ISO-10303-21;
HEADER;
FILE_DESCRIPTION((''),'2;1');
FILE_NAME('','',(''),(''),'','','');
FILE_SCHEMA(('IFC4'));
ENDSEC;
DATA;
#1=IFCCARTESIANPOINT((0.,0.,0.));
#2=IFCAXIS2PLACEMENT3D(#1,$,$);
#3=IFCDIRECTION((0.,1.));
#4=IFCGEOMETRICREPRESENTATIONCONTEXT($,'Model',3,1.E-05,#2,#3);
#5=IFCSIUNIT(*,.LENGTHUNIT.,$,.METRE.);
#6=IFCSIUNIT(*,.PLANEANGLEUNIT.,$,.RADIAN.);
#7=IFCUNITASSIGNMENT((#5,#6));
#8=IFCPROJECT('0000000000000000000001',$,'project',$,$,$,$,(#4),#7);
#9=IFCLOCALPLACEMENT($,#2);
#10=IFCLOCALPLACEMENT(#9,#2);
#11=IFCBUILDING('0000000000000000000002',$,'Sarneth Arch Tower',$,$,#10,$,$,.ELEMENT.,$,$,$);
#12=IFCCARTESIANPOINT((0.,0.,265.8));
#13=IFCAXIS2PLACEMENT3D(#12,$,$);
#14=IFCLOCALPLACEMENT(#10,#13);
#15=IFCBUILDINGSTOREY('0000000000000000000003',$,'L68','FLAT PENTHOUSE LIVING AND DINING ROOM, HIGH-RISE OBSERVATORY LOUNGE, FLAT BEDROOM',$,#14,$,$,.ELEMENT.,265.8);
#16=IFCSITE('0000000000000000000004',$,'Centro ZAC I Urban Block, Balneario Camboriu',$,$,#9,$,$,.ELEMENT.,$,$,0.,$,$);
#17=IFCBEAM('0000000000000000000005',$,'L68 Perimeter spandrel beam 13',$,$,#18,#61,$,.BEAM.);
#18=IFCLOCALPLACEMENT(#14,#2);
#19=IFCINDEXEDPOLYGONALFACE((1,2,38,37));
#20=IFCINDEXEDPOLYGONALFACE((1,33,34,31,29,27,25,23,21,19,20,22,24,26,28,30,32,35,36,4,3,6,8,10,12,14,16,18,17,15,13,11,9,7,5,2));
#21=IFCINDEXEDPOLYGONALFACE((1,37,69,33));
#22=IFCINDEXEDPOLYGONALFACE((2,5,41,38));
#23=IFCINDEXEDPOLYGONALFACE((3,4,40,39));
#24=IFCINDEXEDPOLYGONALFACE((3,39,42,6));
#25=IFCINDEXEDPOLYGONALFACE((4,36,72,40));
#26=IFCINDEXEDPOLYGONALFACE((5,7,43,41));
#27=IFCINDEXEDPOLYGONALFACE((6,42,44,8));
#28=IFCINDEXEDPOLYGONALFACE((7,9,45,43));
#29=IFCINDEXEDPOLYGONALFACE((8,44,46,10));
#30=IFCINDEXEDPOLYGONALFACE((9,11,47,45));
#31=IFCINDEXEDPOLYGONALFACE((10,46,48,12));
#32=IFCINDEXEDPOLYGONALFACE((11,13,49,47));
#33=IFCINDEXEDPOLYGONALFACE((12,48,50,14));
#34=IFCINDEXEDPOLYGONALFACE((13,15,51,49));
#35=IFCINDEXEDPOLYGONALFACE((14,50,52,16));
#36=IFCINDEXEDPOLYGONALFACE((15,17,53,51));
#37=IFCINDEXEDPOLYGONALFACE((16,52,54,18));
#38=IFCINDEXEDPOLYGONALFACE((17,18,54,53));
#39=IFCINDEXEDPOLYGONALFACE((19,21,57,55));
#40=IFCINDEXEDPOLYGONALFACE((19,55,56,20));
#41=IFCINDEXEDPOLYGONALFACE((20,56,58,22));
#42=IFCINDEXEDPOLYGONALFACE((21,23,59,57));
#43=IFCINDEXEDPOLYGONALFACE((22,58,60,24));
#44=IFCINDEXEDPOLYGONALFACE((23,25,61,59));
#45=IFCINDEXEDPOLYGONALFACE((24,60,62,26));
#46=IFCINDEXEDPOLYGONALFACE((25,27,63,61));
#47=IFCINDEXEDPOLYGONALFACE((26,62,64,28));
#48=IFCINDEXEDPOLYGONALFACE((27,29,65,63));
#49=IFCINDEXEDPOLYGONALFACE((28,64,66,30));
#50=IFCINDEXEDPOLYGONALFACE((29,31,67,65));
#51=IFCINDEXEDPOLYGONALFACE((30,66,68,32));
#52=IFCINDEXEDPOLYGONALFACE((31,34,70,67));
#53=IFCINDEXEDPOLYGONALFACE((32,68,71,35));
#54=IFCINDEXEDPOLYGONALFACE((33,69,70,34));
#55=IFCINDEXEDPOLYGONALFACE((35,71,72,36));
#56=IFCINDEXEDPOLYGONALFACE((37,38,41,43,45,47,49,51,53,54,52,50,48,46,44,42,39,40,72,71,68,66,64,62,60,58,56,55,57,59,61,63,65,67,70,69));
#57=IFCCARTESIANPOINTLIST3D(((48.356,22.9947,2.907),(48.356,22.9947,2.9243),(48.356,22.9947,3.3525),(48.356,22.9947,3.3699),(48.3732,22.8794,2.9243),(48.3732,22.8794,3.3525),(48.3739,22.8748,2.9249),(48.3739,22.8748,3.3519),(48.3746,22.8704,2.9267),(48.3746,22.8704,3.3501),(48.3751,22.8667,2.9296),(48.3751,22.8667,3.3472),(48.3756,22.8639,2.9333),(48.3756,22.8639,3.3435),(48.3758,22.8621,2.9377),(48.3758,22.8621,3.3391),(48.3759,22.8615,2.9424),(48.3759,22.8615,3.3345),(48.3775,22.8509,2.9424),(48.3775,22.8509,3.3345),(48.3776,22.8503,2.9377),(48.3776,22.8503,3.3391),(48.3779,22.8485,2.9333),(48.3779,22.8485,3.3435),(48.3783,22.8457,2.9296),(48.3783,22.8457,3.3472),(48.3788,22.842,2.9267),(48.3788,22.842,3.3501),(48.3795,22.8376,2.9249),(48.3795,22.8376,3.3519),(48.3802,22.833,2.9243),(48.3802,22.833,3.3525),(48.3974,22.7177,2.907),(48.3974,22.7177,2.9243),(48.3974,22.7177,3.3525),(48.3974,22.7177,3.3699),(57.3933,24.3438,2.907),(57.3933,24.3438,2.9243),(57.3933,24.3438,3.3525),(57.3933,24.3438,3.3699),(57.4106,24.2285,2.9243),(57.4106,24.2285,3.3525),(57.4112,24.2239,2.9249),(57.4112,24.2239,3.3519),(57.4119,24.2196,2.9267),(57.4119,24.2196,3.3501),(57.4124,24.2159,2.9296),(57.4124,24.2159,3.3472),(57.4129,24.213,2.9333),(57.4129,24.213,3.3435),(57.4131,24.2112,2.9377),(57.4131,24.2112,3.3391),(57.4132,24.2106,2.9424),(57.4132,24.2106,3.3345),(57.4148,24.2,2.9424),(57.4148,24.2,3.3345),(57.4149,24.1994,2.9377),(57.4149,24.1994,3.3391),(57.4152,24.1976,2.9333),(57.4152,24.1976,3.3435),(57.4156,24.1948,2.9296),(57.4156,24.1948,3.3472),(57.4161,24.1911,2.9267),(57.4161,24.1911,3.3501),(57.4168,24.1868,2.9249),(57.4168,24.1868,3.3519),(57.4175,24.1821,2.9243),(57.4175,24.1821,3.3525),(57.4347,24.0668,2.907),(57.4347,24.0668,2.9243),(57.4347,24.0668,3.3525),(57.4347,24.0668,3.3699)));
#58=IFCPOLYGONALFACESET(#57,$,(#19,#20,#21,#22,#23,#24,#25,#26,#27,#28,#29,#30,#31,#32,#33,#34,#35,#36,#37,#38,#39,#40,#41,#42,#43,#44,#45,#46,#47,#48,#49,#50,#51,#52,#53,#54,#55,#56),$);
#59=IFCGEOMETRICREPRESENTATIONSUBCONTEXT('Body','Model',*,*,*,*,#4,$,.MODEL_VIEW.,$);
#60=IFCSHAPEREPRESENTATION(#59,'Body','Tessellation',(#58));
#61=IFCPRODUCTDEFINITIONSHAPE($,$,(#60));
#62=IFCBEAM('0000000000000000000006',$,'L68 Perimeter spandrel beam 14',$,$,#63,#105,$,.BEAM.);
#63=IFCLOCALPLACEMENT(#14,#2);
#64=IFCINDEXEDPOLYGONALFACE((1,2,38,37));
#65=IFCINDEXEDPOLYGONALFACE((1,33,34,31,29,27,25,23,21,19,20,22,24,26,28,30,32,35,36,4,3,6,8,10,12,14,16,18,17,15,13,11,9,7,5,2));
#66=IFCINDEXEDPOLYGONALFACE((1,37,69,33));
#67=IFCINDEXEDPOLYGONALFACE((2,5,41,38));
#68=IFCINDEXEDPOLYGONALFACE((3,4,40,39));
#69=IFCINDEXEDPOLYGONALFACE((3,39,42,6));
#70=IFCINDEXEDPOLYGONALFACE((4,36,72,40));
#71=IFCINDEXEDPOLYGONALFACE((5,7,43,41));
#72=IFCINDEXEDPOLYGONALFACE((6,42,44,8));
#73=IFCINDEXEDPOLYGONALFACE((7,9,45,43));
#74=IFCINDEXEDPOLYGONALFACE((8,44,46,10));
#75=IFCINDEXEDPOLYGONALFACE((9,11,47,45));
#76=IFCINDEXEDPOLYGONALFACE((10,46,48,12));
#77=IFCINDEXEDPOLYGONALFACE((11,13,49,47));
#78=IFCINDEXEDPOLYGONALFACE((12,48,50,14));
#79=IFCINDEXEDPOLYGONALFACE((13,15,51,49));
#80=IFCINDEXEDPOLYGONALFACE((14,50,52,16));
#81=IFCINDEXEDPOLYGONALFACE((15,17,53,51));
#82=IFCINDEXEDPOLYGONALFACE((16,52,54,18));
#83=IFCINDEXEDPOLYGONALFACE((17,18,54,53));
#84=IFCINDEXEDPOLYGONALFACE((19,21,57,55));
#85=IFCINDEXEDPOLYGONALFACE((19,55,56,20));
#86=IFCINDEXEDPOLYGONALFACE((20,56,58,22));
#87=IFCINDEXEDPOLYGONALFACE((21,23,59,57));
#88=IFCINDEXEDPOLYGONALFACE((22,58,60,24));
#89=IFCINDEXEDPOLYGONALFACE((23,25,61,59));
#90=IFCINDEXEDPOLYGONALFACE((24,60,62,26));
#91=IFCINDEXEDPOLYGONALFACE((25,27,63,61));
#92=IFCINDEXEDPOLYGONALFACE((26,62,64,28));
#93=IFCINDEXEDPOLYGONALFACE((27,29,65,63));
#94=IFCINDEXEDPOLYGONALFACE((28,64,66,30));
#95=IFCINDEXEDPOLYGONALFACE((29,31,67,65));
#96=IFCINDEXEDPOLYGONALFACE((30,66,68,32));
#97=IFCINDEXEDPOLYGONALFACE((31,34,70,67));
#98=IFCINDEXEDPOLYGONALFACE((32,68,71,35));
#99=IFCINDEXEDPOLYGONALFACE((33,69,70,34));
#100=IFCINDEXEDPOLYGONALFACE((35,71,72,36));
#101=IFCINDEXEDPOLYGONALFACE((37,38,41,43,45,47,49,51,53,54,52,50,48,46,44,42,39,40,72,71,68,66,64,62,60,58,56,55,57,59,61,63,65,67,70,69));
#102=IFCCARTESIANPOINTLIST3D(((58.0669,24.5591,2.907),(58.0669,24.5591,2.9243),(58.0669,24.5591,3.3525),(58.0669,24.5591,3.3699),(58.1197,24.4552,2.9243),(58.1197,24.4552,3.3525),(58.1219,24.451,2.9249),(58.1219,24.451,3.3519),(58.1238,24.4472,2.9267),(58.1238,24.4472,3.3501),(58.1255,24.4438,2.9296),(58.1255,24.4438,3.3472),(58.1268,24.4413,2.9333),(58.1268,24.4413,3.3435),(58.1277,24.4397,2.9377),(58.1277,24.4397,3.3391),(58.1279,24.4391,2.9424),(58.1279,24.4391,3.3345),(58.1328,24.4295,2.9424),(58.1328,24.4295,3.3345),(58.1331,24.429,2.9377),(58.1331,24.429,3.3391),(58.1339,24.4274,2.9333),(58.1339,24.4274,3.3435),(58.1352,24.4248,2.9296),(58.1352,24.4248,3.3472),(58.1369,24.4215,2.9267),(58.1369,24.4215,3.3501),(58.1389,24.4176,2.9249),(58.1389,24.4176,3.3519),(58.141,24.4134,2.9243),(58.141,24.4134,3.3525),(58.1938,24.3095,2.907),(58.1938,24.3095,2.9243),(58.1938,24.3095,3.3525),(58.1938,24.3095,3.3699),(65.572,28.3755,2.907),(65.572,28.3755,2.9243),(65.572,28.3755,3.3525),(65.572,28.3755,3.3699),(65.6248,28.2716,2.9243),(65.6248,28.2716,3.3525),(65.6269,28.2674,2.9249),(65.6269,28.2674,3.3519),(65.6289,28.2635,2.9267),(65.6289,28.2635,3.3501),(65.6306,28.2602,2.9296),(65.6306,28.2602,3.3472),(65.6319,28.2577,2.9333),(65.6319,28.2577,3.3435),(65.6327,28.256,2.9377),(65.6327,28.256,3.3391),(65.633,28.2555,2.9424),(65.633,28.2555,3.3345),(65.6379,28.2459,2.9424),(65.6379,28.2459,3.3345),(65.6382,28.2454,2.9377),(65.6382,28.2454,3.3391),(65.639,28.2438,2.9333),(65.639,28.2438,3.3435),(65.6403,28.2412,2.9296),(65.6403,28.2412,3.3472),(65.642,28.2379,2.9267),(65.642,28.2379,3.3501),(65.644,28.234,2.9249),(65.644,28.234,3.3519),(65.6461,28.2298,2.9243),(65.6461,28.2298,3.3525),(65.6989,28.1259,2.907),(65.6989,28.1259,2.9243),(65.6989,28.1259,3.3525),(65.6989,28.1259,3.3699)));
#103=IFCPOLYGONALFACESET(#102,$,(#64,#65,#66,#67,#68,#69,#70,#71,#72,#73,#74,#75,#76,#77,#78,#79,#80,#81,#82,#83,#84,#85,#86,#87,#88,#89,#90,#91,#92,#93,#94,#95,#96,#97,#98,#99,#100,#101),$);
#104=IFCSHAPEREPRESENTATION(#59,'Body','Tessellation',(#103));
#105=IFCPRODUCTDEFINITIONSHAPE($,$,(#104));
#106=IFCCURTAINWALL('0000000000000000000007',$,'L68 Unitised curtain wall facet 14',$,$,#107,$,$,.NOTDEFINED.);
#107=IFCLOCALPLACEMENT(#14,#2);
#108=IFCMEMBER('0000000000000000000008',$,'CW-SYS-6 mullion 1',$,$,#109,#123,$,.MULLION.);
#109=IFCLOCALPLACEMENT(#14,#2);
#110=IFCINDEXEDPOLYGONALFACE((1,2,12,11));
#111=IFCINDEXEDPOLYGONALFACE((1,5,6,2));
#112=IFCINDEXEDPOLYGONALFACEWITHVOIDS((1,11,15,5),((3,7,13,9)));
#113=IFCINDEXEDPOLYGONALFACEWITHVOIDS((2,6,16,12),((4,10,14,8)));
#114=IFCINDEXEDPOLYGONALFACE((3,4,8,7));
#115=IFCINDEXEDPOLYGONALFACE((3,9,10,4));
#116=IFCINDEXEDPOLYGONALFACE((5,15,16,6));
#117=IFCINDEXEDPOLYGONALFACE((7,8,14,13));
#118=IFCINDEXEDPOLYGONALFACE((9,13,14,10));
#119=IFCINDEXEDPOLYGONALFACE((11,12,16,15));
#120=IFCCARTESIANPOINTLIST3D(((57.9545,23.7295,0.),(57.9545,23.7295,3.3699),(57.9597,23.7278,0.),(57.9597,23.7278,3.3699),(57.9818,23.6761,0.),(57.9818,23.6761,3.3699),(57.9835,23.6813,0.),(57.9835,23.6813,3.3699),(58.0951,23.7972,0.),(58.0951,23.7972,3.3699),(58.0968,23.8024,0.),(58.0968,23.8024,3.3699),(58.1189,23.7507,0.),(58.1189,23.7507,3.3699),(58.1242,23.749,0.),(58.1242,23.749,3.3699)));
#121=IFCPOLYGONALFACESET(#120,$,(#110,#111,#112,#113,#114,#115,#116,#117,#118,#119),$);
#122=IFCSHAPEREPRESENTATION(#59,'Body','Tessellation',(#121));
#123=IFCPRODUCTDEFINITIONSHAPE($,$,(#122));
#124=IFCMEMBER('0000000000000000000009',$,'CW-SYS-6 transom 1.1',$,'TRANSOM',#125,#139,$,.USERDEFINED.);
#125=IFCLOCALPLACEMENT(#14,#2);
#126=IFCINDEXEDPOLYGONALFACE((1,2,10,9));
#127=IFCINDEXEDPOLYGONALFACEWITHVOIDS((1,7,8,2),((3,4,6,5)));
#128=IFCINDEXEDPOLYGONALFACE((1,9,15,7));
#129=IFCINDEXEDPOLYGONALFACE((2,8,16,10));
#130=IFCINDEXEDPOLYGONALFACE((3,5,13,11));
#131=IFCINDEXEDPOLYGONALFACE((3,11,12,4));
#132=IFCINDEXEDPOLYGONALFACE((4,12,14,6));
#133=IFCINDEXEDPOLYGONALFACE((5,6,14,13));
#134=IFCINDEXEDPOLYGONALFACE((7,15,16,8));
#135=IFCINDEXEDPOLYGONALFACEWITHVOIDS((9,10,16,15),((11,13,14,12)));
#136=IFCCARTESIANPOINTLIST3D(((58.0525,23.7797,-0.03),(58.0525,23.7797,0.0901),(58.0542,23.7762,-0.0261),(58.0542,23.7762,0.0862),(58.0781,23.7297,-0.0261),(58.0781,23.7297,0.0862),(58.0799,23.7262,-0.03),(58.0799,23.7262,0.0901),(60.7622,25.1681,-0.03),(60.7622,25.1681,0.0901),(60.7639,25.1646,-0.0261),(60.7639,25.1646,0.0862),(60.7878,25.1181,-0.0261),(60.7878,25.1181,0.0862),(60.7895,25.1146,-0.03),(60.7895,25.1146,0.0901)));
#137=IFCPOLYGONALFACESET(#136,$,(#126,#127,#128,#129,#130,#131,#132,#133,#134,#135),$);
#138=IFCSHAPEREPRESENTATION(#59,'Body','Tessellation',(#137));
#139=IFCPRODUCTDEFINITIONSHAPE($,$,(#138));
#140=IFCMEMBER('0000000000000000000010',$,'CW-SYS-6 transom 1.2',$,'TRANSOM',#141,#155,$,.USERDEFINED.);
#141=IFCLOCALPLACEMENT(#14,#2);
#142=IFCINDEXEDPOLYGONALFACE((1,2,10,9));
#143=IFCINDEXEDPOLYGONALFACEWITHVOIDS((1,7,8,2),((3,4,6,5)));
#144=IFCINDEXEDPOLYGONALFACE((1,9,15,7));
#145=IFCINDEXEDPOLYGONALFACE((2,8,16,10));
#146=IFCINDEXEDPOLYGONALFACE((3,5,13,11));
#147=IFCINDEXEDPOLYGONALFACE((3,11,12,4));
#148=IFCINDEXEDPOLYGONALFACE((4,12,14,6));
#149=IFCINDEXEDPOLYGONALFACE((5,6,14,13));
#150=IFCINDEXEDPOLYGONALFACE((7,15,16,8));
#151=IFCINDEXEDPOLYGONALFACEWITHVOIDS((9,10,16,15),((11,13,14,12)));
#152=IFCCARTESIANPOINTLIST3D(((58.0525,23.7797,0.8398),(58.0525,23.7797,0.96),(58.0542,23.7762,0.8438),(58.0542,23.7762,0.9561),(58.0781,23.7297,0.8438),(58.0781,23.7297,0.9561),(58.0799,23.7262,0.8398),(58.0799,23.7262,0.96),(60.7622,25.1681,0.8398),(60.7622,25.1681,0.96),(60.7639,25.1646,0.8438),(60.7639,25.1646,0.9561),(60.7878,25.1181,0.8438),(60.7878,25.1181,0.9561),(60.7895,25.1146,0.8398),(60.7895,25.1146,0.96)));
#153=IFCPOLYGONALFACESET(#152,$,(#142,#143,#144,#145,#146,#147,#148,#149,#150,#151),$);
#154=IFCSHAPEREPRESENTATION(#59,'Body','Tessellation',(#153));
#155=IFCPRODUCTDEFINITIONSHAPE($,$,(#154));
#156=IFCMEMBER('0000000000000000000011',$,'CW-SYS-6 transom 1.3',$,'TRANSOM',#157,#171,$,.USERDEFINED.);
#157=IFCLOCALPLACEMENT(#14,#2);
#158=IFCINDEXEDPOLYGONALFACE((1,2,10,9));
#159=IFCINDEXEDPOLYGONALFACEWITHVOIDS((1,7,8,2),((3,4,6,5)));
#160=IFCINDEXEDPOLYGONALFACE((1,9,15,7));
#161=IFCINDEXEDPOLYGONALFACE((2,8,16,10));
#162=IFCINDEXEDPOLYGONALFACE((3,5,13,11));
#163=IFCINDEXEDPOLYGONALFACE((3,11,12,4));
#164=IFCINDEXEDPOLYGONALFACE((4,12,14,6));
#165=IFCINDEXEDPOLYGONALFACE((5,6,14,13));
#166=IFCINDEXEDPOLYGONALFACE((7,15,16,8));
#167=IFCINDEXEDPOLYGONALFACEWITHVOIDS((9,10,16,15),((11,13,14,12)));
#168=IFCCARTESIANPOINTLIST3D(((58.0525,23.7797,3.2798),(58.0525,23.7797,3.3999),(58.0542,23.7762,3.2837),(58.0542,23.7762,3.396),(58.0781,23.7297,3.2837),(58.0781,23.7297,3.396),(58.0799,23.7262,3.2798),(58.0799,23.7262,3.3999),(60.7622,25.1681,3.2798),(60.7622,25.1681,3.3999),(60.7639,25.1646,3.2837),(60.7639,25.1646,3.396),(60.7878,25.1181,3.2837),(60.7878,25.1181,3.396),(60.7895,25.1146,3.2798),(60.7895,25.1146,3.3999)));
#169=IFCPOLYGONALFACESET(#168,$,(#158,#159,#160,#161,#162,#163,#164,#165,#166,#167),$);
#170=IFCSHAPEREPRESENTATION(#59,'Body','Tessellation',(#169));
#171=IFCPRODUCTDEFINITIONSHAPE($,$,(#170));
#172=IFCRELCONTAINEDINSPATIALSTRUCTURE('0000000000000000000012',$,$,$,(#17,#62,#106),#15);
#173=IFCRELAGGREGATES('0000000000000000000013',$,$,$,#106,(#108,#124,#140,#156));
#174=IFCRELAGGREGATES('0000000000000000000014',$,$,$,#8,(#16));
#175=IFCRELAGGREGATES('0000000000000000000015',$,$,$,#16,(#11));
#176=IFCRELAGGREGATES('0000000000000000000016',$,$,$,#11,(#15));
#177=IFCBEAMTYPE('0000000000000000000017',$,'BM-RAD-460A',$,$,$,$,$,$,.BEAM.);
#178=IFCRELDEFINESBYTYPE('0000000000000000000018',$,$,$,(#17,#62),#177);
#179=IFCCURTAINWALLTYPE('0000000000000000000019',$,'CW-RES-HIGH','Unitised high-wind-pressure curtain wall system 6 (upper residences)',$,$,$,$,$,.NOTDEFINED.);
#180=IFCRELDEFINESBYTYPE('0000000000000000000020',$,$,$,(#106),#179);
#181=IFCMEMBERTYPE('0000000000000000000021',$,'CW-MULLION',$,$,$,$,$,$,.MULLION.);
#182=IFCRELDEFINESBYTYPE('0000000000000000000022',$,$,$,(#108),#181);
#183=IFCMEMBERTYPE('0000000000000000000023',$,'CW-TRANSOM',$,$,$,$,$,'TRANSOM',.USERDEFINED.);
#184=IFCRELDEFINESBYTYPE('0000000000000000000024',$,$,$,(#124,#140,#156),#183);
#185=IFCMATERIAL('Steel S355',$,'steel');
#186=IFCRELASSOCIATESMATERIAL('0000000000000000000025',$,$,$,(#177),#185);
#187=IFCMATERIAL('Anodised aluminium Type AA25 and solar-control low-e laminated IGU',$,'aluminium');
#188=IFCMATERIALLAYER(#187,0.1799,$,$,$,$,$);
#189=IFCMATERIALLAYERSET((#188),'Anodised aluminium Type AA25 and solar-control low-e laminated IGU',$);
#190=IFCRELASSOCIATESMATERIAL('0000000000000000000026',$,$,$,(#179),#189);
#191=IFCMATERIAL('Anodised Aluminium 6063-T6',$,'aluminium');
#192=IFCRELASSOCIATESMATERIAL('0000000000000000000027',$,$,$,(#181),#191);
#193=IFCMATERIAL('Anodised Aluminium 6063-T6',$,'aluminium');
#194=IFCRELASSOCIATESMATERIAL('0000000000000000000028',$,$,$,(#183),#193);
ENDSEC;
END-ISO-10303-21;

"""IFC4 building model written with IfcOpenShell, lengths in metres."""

from ifc_helpers import new_model, si_unit, direction, frame, origin, origin_2d, place, context, subcontext, project, spatial, hollow_rectangle, i_section, extrude, material, layer, layer_set, material_profile, profile_set, type_object, element, aggregate, save


model = new_model("IFC4")

# Units and contexts
model_context = context("Model", 3, precision=1e-05, world=origin(), true_north=direction((0.0, 1.0)))
body_context = subcontext(model_context, "Body", "Model", "MODEL_VIEW")
ifc_project = project(units=[si_unit("LENGTHUNIT", "METRE"), si_unit("PLANEANGLEUNIT", "RADIAN")], contexts=[model_context])

# Site, building, storey
site_placement = place(None, origin())
site = spatial("IfcSite", under=ifc_project, at=site_placement, Name="Centro ZAC I Urban Block, Balneario Camboriu", CompositionType="ELEMENT", RefElevation=0.0)
building_placement = place(site_placement, origin())
building = spatial("IfcBuilding", under=site, at=building_placement, Name="Sarneth Arch Tower", CompositionType="ELEMENT")
storey_placement = place(building_placement, frame((0.0, 0.0, 265.8)))
storey = spatial("IfcBuildingStorey", under=building, at=storey_placement, Name="L68", Description="FLAT PENTHOUSE LIVING AND DINING ROOM, HIGH-RISE OBSERVATORY LOUNGE, FLAT BEDROOM", CompositionType="ELEMENT", Elevation=265.8)

# Beams
ifc_material_1 = material(Name="Steel S355", Category="steel")
ifc_material_profile_1 = material_profile(ifc_material_1, i_section(OverallWidth=0.28, OverallDepth=0.4629, WebThickness=0.0107, FlangeThickness=0.0173, FilletRadius=0.0181, at=origin_2d()), Name="W460x113")
ifc_profile_set_1 = profile_set([ifc_material_profile_1], Name="Steel S355")
beam_type_1 = type_object("IfcBeamType", Name="BM-RAD-460A", PredefinedType="BEAM", material=ifc_profile_set_1)
beam_1_placement = place(storey_placement, frame((48.3767, 22.8562, 3.1384), z_axis=(0.98904, 0.147647, 0.0), x_axis=(-0.147647, 0.98904, 0.0)))
element("IfcBeam", 1, at=beam_1_placement, inside=storey, type_object=beam_type_1, Name="L68 Perimeter spandrel beam 13", PredefinedType="BEAM", context=body_context, shape_type="SweptSolid", body=[
    extrude(i_section(OverallWidth=0.28, OverallDepth=0.4629, WebThickness=0.0107, FlangeThickness=0.0173, FilletRadius=0.0181, at=origin_2d()), origin(), (0.0, 0.0, 1.0), 9.1375),
])
beam_2_placement = place(storey_placement, frame((58.1304, 24.4343, 3.1384), z_axis=(0.891374, 0.453269, 0.0), x_axis=(-0.453269, 0.891374, 0.0)))
element("IfcBeam", 2, at=beam_2_placement, inside=storey, type_object=beam_type_1, Name="L68 Perimeter spandrel beam 14", PredefinedType="BEAM", context=body_context, shape_type="SweptSolid", body=[
    extrude(i_section(OverallWidth=0.28, OverallDepth=0.4629, WebThickness=0.0107, FlangeThickness=0.0173, FilletRadius=0.0181, at=origin_2d()), origin(), (0.0, 0.0, 1.0), 8.4197),
])

# Curtain wall, members
ifc_material_2 = material(Name="Anodised aluminium Type AA25 and solar-control low-e laminated IGU", Category="aluminium")
ifc_layer_1 = layer(ifc_material_2, 0.1799)
ifc_layer_set_1 = layer_set([ifc_layer_1], Name="Anodised aluminium Type AA25 and solar-control low-e laminated IGU")
curtain_wall_type = type_object("IfcCurtainWallType", Name="CW-RES-HIGH", Description="Unitised high-wind-pressure curtain wall system 6 (upper residences)", PredefinedType="NOTDEFINED", material=ifc_layer_set_1)
curtain_wall_placement = place(storey_placement, origin())
curtain_wall = element("IfcCurtainWall", 3, at=curtain_wall_placement, inside=storey, type_object=curtain_wall_type, Name="L68 Unitised curtain wall facet 14", PredefinedType="NOTDEFINED")
ifc_material_3 = material(Name="Anodised Aluminium 6063-T6", Category="aluminium")
ifc_material_profile_2 = material_profile(ifc_material_3, hollow_rectangle(XDim=0.0601, YDim=0.1599, WallThickness=0.0039, at=origin_2d()), Name="AL-MULL-160x60x4")
ifc_profile_set_2 = profile_set([ifc_material_profile_2], Name="Anodised Aluminium 6063-T6")
member_type_1 = type_object("IfcMemberType", Name="CW-MULLION", PredefinedType="MULLION", material=ifc_profile_set_2)
member_1_placement = place(storey_placement, frame((58.0393, 23.7393, 0.0), z_axis=(0.0, 0.0, 1.0), x_axis=(-0.455942, 0.89001, 0.0)))
member_1 = element("IfcMember", 4, at=member_1_placement, type_object=member_type_1, Name="CW-SYS-6 mullion 1", PredefinedType="MULLION", context=body_context, shape_type="SweptSolid", body=[
    extrude(hollow_rectangle(XDim=0.0601, YDim=0.1599, WallThickness=0.0039, at=origin_2d()), origin(), (0.0, 0.0, 1.0), 3.3699),
])
ifc_material_4 = material(Name="Anodised Aluminium 6063-T6", Category="aluminium")
ifc_material_profile_3 = material_profile(ifc_material_4, hollow_rectangle(XDim=0.0601, YDim=0.1201, WallThickness=0.0039, at=origin_2d()), Name="AL-TRAN-120x60x4")
ifc_profile_set_3 = profile_set([ifc_material_profile_3], Name="Anodised Aluminium 6063-T6")
member_type_2 = type_object("IfcMemberType", Name="CW-TRANSOM", ElementType="TRANSOM", PredefinedType="USERDEFINED", material=ifc_profile_set_3)
member_2_placement = place(storey_placement, frame((58.0662, 23.7529, 0.03), z_axis=(0.889974, 0.456012, 0.0), x_axis=(-0.456012, 0.889974, 0.0)))
member_2 = element("IfcMember", 5, at=member_2_placement, type_object=member_type_2, Name="CW-SYS-6 transom 1.1", ObjectType="TRANSOM", PredefinedType="USERDEFINED", context=body_context, shape_type="SweptSolid", body=[
    extrude(hollow_rectangle(XDim=0.0601, YDim=0.1201, WallThickness=0.0039, at=origin_2d()), origin(), (0.0, 0.0, 1.0), 3.0447),
])
member_3_placement = place(storey_placement, frame((58.0662, 23.7529, 0.8999), z_axis=(0.889974, 0.456012, 0.0), x_axis=(-0.456012, 0.889974, 0.0)))
member_3 = element("IfcMember", 6, at=member_3_placement, type_object=member_type_2, Name="CW-SYS-6 transom 1.2", ObjectType="TRANSOM", PredefinedType="USERDEFINED", context=body_context, shape_type="SweptSolid", body=[
    extrude(hollow_rectangle(XDim=0.0601, YDim=0.1201, WallThickness=0.0039, at=origin_2d()), origin(), (0.0, 0.0, 1.0), 3.0447),
])
member_4_placement = place(storey_placement, frame((58.0662, 23.7529, 3.3398), z_axis=(0.889974, 0.456012, 0.0), x_axis=(-0.456012, 0.889974, 0.0)))
member_4 = element("IfcMember", 7, at=member_4_placement, type_object=member_type_2, Name="CW-SYS-6 transom 1.3", ObjectType="TRANSOM", PredefinedType="USERDEFINED", context=body_context, shape_type="SweptSolid", body=[
    extrude(hollow_rectangle(XDim=0.0601, YDim=0.1201, WallThickness=0.0039, at=origin_2d()), origin(), (0.0, 0.0, 1.0), 3.0447),
])
aggregate(curtain_wall, [member_1, member_2, member_3, member_4])

save(model, "model.ifc")
